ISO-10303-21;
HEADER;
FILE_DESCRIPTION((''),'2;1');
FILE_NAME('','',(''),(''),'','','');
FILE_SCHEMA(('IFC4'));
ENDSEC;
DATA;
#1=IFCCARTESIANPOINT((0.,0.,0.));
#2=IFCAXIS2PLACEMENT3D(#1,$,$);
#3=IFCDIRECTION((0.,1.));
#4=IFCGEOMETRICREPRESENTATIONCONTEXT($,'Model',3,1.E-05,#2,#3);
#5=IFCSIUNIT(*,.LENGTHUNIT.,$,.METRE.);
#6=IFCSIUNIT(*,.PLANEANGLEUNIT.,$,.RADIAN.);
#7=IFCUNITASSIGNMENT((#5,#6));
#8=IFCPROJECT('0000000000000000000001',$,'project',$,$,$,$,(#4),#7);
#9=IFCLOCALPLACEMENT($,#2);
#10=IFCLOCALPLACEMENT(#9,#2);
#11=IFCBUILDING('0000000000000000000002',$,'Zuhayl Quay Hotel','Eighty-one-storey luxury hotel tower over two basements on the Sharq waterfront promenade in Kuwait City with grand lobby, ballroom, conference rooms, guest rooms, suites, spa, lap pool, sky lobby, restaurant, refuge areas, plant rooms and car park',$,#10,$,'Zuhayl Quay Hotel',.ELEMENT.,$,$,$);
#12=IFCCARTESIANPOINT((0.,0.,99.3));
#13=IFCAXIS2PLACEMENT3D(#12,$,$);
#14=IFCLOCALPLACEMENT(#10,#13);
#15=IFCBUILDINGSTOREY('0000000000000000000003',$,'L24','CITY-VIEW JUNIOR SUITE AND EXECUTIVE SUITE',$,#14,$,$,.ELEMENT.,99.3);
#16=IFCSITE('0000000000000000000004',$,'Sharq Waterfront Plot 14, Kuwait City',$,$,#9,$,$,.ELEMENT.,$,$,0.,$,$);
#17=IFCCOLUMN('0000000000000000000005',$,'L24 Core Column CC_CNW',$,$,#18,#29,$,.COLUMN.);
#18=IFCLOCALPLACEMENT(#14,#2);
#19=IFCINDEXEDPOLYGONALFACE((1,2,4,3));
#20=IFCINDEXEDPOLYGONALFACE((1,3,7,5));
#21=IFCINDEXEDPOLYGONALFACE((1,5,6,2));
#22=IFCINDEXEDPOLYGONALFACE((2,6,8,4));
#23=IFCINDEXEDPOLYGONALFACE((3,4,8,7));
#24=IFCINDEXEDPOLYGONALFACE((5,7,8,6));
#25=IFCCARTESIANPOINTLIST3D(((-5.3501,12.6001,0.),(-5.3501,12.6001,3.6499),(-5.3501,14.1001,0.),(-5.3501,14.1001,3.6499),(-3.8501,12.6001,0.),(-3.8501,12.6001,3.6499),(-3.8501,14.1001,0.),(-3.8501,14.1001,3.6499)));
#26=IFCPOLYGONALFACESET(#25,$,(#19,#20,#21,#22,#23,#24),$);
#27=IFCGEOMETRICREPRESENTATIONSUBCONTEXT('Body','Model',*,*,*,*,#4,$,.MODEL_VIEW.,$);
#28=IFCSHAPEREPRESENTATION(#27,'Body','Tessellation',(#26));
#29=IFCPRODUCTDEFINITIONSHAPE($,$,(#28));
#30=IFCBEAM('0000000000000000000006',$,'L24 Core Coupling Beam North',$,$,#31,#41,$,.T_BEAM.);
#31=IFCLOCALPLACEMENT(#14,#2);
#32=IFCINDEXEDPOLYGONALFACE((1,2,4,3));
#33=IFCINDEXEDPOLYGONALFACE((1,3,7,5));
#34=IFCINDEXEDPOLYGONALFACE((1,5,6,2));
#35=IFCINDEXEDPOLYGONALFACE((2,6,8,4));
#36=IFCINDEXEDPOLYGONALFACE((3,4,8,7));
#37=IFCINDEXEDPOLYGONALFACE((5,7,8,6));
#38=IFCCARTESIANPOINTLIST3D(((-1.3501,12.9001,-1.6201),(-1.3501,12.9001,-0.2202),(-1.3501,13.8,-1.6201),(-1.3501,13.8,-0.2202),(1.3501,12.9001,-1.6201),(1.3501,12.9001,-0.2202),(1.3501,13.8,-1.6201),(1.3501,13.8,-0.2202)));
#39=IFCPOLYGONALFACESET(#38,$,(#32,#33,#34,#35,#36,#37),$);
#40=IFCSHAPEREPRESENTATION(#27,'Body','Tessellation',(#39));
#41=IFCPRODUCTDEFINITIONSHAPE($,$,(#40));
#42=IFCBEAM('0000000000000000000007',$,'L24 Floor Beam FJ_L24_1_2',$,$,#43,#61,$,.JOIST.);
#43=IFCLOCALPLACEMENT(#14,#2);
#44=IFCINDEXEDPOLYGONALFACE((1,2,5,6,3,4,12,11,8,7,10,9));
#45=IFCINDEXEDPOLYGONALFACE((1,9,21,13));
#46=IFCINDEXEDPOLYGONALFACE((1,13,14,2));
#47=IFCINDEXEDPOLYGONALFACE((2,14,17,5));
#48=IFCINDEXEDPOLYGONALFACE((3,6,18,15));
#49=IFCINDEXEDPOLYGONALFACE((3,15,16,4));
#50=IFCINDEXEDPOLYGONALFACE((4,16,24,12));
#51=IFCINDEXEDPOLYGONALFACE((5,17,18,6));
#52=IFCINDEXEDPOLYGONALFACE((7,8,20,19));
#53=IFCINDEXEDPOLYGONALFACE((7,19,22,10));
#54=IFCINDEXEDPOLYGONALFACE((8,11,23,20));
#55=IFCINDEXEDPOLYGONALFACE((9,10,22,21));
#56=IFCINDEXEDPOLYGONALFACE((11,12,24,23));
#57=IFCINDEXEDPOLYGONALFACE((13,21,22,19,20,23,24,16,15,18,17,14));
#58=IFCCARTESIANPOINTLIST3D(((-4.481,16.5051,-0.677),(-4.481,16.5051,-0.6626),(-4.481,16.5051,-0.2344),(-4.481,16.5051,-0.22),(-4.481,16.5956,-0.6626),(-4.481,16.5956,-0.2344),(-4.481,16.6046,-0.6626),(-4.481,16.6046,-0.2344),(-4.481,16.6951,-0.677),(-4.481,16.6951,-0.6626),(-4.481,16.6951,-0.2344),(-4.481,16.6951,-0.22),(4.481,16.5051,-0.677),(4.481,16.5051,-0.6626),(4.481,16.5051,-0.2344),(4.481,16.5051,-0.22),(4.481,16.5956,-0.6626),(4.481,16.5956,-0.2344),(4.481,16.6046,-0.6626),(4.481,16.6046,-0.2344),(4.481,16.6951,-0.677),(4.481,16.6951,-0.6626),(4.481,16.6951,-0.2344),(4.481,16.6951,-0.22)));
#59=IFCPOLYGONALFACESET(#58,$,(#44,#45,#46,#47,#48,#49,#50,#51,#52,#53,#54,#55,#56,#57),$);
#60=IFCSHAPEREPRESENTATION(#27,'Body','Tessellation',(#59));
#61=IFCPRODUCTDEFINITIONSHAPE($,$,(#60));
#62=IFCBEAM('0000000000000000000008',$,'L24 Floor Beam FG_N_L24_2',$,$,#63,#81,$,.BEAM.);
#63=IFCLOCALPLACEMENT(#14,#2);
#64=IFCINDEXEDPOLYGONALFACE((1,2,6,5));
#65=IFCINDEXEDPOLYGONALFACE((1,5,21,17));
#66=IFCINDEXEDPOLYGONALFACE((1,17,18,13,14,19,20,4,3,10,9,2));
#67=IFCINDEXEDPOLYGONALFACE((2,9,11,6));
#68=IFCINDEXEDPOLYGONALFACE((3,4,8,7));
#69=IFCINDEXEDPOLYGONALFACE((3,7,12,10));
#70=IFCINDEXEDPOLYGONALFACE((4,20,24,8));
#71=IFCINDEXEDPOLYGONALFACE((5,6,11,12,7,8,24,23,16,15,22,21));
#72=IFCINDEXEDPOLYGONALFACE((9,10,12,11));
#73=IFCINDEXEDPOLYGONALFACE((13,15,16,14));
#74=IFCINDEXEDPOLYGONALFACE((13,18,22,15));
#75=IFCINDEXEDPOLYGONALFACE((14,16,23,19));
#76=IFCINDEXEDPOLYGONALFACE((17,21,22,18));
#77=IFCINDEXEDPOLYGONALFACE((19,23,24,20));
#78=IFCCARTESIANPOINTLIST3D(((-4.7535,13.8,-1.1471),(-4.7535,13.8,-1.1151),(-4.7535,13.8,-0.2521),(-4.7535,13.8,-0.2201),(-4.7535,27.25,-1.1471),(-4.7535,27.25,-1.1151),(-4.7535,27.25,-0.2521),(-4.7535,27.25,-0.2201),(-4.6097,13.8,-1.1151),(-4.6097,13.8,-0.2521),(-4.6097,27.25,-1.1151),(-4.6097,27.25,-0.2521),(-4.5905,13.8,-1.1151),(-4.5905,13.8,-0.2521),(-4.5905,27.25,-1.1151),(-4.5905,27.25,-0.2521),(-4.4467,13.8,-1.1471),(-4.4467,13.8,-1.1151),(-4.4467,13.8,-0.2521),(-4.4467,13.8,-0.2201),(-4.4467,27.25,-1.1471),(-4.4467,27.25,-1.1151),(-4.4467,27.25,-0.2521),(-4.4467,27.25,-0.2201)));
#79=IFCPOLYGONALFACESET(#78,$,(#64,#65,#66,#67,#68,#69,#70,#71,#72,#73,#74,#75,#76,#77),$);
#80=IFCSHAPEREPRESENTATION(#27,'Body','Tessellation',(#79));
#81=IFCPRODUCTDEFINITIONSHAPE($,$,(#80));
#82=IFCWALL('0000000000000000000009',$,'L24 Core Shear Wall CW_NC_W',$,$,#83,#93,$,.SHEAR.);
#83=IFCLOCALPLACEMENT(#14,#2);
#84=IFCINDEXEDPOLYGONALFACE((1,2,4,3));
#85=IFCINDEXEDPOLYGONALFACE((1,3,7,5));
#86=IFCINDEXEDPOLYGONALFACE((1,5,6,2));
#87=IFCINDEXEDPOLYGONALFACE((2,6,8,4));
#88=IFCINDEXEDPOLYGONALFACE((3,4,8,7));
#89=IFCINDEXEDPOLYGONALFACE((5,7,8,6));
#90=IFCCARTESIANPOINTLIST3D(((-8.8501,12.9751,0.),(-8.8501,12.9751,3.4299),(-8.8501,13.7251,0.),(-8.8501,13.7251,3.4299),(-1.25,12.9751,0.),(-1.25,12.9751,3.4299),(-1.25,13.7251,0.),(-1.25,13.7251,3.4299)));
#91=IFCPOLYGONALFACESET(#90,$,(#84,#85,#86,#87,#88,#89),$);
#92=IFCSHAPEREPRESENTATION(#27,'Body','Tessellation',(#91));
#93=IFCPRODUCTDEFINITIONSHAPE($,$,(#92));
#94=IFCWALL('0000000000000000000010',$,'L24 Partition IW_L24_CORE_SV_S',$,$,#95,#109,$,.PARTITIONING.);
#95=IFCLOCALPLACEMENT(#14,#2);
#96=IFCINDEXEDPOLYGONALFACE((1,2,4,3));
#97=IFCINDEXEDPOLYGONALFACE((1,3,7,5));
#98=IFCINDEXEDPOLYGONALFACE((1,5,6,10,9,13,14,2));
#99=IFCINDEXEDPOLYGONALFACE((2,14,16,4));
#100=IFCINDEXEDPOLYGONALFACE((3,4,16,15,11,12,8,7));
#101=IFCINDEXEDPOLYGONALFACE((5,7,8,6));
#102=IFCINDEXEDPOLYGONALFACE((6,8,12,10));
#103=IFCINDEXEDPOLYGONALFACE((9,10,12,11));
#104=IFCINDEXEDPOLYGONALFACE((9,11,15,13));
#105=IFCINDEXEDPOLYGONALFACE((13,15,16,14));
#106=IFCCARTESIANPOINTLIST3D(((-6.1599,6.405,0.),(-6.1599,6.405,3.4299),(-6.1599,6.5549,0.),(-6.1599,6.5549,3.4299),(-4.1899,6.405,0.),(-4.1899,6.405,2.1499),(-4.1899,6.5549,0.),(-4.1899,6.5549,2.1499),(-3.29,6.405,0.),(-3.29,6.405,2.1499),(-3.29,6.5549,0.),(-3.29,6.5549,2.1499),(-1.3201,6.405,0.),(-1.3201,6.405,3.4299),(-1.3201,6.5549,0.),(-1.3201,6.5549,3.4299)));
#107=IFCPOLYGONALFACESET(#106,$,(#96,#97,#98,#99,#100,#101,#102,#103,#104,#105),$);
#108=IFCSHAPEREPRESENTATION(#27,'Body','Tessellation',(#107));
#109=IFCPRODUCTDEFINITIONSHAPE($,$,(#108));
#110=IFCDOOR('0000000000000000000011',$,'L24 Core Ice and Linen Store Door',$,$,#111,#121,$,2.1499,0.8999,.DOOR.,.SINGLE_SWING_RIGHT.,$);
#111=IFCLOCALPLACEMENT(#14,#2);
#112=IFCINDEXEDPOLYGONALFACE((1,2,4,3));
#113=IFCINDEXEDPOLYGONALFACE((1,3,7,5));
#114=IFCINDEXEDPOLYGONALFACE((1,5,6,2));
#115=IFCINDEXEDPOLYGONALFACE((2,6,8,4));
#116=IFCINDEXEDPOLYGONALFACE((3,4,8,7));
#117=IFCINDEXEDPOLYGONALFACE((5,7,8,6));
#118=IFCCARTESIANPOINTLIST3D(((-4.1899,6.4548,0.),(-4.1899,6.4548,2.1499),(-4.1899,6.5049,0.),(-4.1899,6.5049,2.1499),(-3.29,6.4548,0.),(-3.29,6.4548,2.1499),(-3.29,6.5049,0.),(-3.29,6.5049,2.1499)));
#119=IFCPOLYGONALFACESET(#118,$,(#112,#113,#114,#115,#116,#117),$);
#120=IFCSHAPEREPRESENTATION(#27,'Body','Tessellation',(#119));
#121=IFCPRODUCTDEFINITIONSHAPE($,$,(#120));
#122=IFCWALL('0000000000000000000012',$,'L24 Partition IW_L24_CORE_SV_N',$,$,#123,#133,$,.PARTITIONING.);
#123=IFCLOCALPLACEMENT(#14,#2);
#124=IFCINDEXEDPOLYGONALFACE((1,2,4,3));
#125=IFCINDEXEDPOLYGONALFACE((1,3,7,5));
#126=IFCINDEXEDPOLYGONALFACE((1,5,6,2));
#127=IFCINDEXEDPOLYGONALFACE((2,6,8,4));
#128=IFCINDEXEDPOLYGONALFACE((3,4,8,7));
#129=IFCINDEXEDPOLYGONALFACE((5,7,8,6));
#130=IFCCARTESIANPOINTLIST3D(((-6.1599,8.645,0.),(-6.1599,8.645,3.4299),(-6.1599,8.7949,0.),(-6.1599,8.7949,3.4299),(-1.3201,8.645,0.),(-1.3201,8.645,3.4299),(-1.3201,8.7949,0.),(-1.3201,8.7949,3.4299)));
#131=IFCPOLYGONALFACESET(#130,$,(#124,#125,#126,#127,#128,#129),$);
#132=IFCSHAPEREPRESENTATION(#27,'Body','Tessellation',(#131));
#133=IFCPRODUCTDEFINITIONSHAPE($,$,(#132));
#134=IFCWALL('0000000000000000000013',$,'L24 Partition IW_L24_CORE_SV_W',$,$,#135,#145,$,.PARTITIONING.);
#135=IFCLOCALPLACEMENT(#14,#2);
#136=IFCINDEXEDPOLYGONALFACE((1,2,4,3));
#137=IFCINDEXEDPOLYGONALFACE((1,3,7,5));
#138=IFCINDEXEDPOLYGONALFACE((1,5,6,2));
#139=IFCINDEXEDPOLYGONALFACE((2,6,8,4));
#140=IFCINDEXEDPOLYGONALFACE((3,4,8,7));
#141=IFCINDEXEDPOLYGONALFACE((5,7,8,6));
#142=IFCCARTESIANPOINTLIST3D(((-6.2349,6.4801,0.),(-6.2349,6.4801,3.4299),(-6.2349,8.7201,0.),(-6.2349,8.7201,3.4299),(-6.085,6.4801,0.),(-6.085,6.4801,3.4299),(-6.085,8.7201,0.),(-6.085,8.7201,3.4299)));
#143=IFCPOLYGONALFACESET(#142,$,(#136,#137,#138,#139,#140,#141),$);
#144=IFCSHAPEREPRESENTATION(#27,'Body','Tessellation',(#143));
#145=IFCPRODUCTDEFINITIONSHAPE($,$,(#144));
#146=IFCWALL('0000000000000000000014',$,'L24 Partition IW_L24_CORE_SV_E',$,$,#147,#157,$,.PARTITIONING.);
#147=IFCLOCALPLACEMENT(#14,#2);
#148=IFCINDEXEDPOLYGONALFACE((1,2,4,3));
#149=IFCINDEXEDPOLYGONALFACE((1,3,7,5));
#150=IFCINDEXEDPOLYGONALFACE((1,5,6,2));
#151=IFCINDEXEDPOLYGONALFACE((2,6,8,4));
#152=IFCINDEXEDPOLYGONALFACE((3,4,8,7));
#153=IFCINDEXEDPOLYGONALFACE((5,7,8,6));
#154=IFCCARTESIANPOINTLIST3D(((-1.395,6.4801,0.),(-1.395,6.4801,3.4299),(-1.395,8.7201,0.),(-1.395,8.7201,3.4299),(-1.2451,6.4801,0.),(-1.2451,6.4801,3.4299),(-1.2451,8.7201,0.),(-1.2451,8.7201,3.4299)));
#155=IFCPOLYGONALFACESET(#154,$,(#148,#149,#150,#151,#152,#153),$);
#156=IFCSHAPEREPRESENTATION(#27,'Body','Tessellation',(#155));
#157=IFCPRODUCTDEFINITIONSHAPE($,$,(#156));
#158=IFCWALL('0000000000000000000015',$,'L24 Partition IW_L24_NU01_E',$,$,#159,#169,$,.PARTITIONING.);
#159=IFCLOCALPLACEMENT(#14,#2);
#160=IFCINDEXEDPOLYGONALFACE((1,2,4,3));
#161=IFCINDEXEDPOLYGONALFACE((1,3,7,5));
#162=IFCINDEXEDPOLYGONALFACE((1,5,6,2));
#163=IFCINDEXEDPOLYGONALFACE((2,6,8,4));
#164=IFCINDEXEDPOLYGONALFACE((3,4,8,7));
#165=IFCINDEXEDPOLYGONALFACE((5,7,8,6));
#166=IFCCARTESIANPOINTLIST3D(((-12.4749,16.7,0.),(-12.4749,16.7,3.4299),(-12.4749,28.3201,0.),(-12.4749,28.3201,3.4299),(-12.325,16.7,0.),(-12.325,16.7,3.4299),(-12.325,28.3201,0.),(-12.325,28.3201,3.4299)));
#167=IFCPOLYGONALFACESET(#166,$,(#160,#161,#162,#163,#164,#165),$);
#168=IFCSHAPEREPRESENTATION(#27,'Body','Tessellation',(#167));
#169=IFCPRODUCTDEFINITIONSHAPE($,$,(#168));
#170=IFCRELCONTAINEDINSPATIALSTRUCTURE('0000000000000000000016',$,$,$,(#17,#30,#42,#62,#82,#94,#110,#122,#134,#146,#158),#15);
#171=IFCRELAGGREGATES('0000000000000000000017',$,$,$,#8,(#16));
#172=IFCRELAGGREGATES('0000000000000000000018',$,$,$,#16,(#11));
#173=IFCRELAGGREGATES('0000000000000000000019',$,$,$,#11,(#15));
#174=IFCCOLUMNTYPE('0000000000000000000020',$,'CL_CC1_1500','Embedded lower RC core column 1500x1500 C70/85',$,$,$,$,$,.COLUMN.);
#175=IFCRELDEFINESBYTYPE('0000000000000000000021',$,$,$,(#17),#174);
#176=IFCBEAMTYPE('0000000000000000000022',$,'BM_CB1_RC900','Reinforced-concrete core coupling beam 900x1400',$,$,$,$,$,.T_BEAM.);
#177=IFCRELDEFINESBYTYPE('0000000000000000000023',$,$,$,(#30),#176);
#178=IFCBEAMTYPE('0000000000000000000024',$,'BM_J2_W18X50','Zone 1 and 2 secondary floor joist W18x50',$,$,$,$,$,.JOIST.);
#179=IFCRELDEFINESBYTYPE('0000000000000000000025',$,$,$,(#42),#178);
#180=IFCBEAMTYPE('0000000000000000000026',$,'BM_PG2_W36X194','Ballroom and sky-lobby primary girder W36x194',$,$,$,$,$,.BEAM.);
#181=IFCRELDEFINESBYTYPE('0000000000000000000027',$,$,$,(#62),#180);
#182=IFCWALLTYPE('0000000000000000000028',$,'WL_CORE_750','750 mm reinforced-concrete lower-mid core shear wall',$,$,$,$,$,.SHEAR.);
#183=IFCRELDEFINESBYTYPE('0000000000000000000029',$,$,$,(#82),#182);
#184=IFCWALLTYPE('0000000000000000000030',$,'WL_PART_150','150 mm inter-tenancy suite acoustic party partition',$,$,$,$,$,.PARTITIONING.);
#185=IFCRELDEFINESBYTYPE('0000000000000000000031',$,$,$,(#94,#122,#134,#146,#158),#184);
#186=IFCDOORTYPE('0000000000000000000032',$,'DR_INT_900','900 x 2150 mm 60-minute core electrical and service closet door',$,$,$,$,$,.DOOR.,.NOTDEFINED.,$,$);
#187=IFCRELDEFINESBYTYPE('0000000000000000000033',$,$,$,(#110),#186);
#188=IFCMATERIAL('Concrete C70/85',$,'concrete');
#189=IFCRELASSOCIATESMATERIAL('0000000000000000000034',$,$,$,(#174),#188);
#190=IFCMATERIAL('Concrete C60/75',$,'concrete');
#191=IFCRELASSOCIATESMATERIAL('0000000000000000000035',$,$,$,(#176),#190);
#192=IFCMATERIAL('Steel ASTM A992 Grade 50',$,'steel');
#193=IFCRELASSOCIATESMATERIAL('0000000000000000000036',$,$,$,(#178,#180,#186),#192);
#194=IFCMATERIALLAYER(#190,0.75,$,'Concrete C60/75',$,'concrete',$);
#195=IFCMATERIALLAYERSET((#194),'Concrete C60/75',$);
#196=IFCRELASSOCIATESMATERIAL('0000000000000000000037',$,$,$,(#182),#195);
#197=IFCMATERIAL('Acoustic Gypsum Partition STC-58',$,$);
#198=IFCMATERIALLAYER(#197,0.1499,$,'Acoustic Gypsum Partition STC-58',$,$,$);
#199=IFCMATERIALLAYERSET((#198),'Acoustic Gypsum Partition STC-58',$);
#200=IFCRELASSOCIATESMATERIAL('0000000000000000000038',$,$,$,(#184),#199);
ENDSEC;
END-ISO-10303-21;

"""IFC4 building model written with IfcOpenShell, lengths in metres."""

from ifc_helpers import new_model, si_unit, direction, frame, frame_2d, origin, origin_2d, place, context, subcontext, project, spatial, rectangle, i_section, extrude, material, layer, layer_set, material_profile, profile_set, type_object, element, fill, save


model = new_model("IFC4")

# Units and contexts
model_context = context("Model", 3, precision=1e-05, world=origin(), true_north=direction((0.0, 1.0)))
body_context = subcontext(model_context, "Body", "Model", "MODEL_VIEW")
ifc_project = project(units=[si_unit("LENGTHUNIT", "METRE"), si_unit("PLANEANGLEUNIT", "RADIAN")], contexts=[model_context])

# Site, building, storey
site_placement = place(None, origin())
site = spatial("IfcSite", under=ifc_project, at=site_placement, Name="Sharq Waterfront Plot 14, Kuwait City", CompositionType="ELEMENT", RefElevation=0.0)
building_placement = place(site_placement, origin())
building = spatial("IfcBuilding", under=site, at=building_placement, Name="Zuhayl Quay Hotel", Description="Eighty-one-storey luxury hotel tower over two basements on the Sharq waterfront promenade in Kuwait City with grand lobby, ballroom, conference rooms, guest rooms, suites, spa, lap pool, sky lobby, restaurant, refuge areas, plant rooms and car park", LongName="Zuhayl Quay Hotel", CompositionType="ELEMENT")
storey_placement = place(building_placement, frame((0.0, 0.0, 99.3)))
storey = spatial("IfcBuildingStorey", under=building, at=storey_placement, Name="L24", Description="CITY-VIEW JUNIOR SUITE AND EXECUTIVE SUITE", CompositionType="ELEMENT", Elevation=99.3)

# Column
ifc_material_1 = material(Name="Concrete C70/85", Category="concrete")
ifc_material_profile_1 = material_profile(ifc_material_1, rectangle(XDim=1.5, YDim=1.5, at=origin_2d()), Name="RC1500X1500")
ifc_profile_set_1 = profile_set([ifc_material_profile_1], Name="Concrete C70/85")
column_type = type_object("IfcColumnType", Name="CL_CC1_1500", Description="Embedded lower RC core column 1500x1500 C70/85", PredefinedType="COLUMN", material=ifc_profile_set_1)
column_placement = place(storey_placement, frame((-4.6001, 13.3501, 0.0), z_axis=(0.0, 0.0, 1.0), x_axis=(1.0, 0.0, 0.0)))
element("IfcColumn", 1, at=column_placement, inside=storey, type_object=column_type, Name="L24 Core Column CC_CNW", PredefinedType="COLUMN", context=body_context, shape_type="SweptSolid", body=[
    extrude(rectangle(XDim=1.5, YDim=1.5, at=origin_2d()), origin(), (0.0, 0.0, 1.0), 3.6499),
])

# Beams
ifc_material_2 = material(Name="Concrete C60/75", Category="concrete")
ifc_material_profile_2 = material_profile(ifc_material_2, rectangle(XDim=0.8999, YDim=1.3999, at=origin_2d()), Name="RC900X1400")
ifc_profile_set_2 = profile_set([ifc_material_profile_2], Name="Concrete C60/75")
beam_type_1 = type_object("IfcBeamType", Name="BM_CB1_RC900", Description="Reinforced-concrete core coupling beam 900x1400", PredefinedType="T_BEAM", material=ifc_profile_set_2)
beam_1_placement = place(storey_placement, frame((-1.3501, 13.3501, -0.9202), z_axis=(1.0, 0.0, 0.0), x_axis=(0.0, 1.0, 0.0)))
element("IfcBeam", 2, at=beam_1_placement, inside=storey, type_object=beam_type_1, Name="L24 Core Coupling Beam North", PredefinedType="T_BEAM", context=body_context, shape_type="SweptSolid", body=[
    extrude(rectangle(XDim=0.8999, YDim=1.3999, at=origin_2d()), origin(), (0.0, 0.0, 1.0), 2.7002),
])
ifc_material_3 = material(Name="Steel ASTM A992 Grade 50", Category="steel")
ifc_material_profile_3 = material_profile(ifc_material_3, i_section(OverallWidth=0.1899, OverallDepth=0.457, WebThickness=0.009, FlangeThickness=0.0144, at=origin_2d()), Name="W18X50")
ifc_profile_set_3 = profile_set([ifc_material_profile_3], Name="Steel ASTM A992 Grade 50")
beam_type_2 = type_object("IfcBeamType", Name="BM_J2_W18X50", Description="Zone 1 and 2 secondary floor joist W18x50", PredefinedType="JOIST", material=ifc_profile_set_3)
beam_2_placement = place(storey_placement, frame((-4.481, 16.6001, -0.4485), z_axis=(1.0, 0.0, 0.0), x_axis=(0.0, 1.0, 0.0)))
element("IfcBeam", 3, at=beam_2_placement, inside=storey, type_object=beam_type_2, Name="L24 Floor Beam FJ_L24_1_2", PredefinedType="JOIST", context=body_context, shape_type="SweptSolid", body=[
    extrude(i_section(OverallWidth=0.1899, OverallDepth=0.457, WebThickness=0.009, FlangeThickness=0.0144, at=origin_2d()), origin(), (0.0, 0.0, 1.0), 8.9619),
])
ifc_material_profile_4 = material_profile(ifc_material_3, i_section(OverallWidth=0.3069, OverallDepth=0.927, WebThickness=0.0193, FlangeThickness=0.032, at=origin_2d()), Name="W36X194")
ifc_profile_set_4 = profile_set([ifc_material_profile_4], Name="Steel ASTM A992 Grade 50")
beam_type_3 = type_object("IfcBeamType", Name="BM_PG2_W36X194", Description="Ballroom and sky-lobby primary girder W36x194", PredefinedType="BEAM", material=ifc_profile_set_4)
beam_3_placement = place(storey_placement, frame((-4.6001, 13.8, -0.6836), z_axis=(0.0, 1.0, 0.0), x_axis=(-1.0, 0.0, 0.0)))
element("IfcBeam", 4, at=beam_3_placement, inside=storey, type_object=beam_type_3, Name="L24 Floor Beam FG_N_L24_2", PredefinedType="BEAM", context=body_context, shape_type="SweptSolid", body=[
    extrude(i_section(OverallWidth=0.3069, OverallDepth=0.927, WebThickness=0.0193, FlangeThickness=0.032, at=origin_2d()), origin(), (0.0, 0.0, 1.0), 13.45),
])

# Wall
ifc_layer_1 = layer(ifc_material_2, 0.75, Name="Concrete C60/75", Category="concrete")
ifc_layer_set_1 = layer_set([ifc_layer_1], Name="Concrete C60/75")
wall_type_1 = type_object("IfcWallType", Name="WL_CORE_750", Description="750 mm reinforced-concrete lower-mid core shear wall", PredefinedType="SHEAR", material=ifc_layer_set_1)
wall_1_placement = place(storey_placement, frame((-8.8501, 13.3501, 0.0), z_axis=(0.0, 0.0, 1.0), x_axis=(1.0, 0.0, 0.0)))
element("IfcWall", 5, at=wall_1_placement, inside=storey, type_object=wall_type_1, Name="L24 Core Shear Wall CW_NC_W", PredefinedType="SHEAR", context=body_context, shape_type="SweptSolid", body=[
    extrude(rectangle(XDim=7.6001, YDim=0.75, at=frame_2d((3.8, 0.0))), origin(), (0.0, 0.0, 1.0), 3.4299),
])

# Wall, opening, door
ifc_material_4 = material(Name="Acoustic Gypsum Partition STC-58")
ifc_layer_2 = layer(ifc_material_4, 0.1499, Name="Acoustic Gypsum Partition STC-58")
ifc_layer_set_2 = layer_set([ifc_layer_2], Name="Acoustic Gypsum Partition STC-58")
wall_type_2 = type_object("IfcWallType", Name="WL_PART_150", Description="150 mm inter-tenancy suite acoustic party partition", PredefinedType="PARTITIONING", material=ifc_layer_set_2)
wall_2_placement = place(storey_placement, frame((-6.1599, 6.48, 0.0), z_axis=(0.0, 0.0, 1.0), x_axis=(1.0, 0.0, 0.0)))
wall_2 = element("IfcWall", 6, at=wall_2_placement, inside=storey, type_object=wall_type_2, Name="L24 Partition IW_L24_CORE_SV_S", PredefinedType="PARTITIONING", context=body_context, shape_type="SweptSolid", body=[
    extrude(rectangle(XDim=4.8398, YDim=0.1499, at=frame_2d((2.4199, 0.0))), origin(), (0.0, 0.0, 1.0), 3.4299),
])
opening_1_placement = place(wall_2_placement, frame((1.97, 0.0, 0.0)))
opening_1 = element("IfcOpeningElement", 7, at=opening_1_placement, cuts=wall_2, PredefinedType="OPENING", context=body_context, shape_type="SweptSolid", body=[
    extrude(rectangle(XDim=0.8999, YDim=2.1499, at=frame_2d((0.45, 1.075))), frame((0.0, 0.085, 0.0), z_axis=(0.0, -1.0, 0.0), x_axis=(1.0, 0.0, 0.0)), (0.0, 0.0, 1.0), 0.1699),
])
door_type_1 = type_object("IfcDoorType", Name="DR_INT_900", Description="900 x 2150 mm 60-minute core electrical and service closet door", OperationType="NOTDEFINED", PredefinedType="DOOR", material=ifc_material_3)
door_1_placement = place(opening_1_placement, origin())
door_1 = element("IfcDoor", 8, at=door_1_placement, inside=storey, type_object=door_type_1, Name="L24 Core Ice and Linen Store Door", OperationType="SINGLE_SWING_RIGHT", OverallHeight=2.1499, OverallWidth=0.8999, PredefinedType="DOOR", context=body_context, shape_type="SweptSolid", body=[
    extrude(rectangle(XDim=0.8999, YDim=2.1499, at=frame_2d((0.45, 1.075))), frame((0.0, 0.0249, 0.0), z_axis=(0.0, -1.0, 0.0), x_axis=(1.0, 0.0, 0.0)), (0.0, 0.0, 1.0), 0.05),
])
fill(opening_1, door_1)

# Walls
wall_3_placement = place(storey_placement, frame((-6.1599, 8.72, 0.0), z_axis=(0.0, 0.0, 1.0), x_axis=(1.0, 0.0, 0.0)))
element("IfcWall", 9, at=wall_3_placement, inside=storey, type_object=wall_type_2, Name="L24 Partition IW_L24_CORE_SV_N", PredefinedType="PARTITIONING", context=body_context, shape_type="SweptSolid", body=[
    extrude(rectangle(XDim=4.8398, YDim=0.1499, at=frame_2d((2.4199, 0.0))), origin(), (0.0, 0.0, 1.0), 3.4299),
])
for number, where, z_axis, x_axis, name in (
    (10, (-6.1599, 6.48, 0.0), (0.0, 0.0, 1.0), (0.0, 1.0, 0.0), "L24 Partition IW_L24_CORE_SV_W"),
    (11, (-1.3201, 6.48, 0.0), (0.0, 0.0, 1.0), (0.0, 1.0, 0.0), "L24 Partition IW_L24_CORE_SV_E"),
):
    element("IfcWall", number, at=place(storey_placement, frame(where, z_axis=z_axis, x_axis=x_axis)), inside=storey, type_object=wall_type_2, Name=name, PredefinedType="PARTITIONING", context=body_context, shape_type="SweptSolid", body=[
        extrude(rectangle(XDim=2.24, YDim=0.1499, at=frame_2d((1.1201, 0.0))), origin(), (0.0, 0.0, 1.0), 3.4299),
    ])
wall_4_placement = place(storey_placement, frame((-12.3999, 16.7, 0.0), z_axis=(0.0, 0.0, 1.0), x_axis=(0.0, 1.0, 0.0)))
element("IfcWall", 12, at=wall_4_placement, inside=storey, type_object=wall_type_2, Name="L24 Partition IW_L24_NU01_E", PredefinedType="PARTITIONING", context=body_context, shape_type="SweptSolid", body=[
    extrude(rectangle(XDim=11.6201, YDim=0.1499, at=frame_2d((5.8101, 0.0))), origin(), (0.0, 0.0, 1.0), 3.4299),
])

save(model, "model.ifc")
